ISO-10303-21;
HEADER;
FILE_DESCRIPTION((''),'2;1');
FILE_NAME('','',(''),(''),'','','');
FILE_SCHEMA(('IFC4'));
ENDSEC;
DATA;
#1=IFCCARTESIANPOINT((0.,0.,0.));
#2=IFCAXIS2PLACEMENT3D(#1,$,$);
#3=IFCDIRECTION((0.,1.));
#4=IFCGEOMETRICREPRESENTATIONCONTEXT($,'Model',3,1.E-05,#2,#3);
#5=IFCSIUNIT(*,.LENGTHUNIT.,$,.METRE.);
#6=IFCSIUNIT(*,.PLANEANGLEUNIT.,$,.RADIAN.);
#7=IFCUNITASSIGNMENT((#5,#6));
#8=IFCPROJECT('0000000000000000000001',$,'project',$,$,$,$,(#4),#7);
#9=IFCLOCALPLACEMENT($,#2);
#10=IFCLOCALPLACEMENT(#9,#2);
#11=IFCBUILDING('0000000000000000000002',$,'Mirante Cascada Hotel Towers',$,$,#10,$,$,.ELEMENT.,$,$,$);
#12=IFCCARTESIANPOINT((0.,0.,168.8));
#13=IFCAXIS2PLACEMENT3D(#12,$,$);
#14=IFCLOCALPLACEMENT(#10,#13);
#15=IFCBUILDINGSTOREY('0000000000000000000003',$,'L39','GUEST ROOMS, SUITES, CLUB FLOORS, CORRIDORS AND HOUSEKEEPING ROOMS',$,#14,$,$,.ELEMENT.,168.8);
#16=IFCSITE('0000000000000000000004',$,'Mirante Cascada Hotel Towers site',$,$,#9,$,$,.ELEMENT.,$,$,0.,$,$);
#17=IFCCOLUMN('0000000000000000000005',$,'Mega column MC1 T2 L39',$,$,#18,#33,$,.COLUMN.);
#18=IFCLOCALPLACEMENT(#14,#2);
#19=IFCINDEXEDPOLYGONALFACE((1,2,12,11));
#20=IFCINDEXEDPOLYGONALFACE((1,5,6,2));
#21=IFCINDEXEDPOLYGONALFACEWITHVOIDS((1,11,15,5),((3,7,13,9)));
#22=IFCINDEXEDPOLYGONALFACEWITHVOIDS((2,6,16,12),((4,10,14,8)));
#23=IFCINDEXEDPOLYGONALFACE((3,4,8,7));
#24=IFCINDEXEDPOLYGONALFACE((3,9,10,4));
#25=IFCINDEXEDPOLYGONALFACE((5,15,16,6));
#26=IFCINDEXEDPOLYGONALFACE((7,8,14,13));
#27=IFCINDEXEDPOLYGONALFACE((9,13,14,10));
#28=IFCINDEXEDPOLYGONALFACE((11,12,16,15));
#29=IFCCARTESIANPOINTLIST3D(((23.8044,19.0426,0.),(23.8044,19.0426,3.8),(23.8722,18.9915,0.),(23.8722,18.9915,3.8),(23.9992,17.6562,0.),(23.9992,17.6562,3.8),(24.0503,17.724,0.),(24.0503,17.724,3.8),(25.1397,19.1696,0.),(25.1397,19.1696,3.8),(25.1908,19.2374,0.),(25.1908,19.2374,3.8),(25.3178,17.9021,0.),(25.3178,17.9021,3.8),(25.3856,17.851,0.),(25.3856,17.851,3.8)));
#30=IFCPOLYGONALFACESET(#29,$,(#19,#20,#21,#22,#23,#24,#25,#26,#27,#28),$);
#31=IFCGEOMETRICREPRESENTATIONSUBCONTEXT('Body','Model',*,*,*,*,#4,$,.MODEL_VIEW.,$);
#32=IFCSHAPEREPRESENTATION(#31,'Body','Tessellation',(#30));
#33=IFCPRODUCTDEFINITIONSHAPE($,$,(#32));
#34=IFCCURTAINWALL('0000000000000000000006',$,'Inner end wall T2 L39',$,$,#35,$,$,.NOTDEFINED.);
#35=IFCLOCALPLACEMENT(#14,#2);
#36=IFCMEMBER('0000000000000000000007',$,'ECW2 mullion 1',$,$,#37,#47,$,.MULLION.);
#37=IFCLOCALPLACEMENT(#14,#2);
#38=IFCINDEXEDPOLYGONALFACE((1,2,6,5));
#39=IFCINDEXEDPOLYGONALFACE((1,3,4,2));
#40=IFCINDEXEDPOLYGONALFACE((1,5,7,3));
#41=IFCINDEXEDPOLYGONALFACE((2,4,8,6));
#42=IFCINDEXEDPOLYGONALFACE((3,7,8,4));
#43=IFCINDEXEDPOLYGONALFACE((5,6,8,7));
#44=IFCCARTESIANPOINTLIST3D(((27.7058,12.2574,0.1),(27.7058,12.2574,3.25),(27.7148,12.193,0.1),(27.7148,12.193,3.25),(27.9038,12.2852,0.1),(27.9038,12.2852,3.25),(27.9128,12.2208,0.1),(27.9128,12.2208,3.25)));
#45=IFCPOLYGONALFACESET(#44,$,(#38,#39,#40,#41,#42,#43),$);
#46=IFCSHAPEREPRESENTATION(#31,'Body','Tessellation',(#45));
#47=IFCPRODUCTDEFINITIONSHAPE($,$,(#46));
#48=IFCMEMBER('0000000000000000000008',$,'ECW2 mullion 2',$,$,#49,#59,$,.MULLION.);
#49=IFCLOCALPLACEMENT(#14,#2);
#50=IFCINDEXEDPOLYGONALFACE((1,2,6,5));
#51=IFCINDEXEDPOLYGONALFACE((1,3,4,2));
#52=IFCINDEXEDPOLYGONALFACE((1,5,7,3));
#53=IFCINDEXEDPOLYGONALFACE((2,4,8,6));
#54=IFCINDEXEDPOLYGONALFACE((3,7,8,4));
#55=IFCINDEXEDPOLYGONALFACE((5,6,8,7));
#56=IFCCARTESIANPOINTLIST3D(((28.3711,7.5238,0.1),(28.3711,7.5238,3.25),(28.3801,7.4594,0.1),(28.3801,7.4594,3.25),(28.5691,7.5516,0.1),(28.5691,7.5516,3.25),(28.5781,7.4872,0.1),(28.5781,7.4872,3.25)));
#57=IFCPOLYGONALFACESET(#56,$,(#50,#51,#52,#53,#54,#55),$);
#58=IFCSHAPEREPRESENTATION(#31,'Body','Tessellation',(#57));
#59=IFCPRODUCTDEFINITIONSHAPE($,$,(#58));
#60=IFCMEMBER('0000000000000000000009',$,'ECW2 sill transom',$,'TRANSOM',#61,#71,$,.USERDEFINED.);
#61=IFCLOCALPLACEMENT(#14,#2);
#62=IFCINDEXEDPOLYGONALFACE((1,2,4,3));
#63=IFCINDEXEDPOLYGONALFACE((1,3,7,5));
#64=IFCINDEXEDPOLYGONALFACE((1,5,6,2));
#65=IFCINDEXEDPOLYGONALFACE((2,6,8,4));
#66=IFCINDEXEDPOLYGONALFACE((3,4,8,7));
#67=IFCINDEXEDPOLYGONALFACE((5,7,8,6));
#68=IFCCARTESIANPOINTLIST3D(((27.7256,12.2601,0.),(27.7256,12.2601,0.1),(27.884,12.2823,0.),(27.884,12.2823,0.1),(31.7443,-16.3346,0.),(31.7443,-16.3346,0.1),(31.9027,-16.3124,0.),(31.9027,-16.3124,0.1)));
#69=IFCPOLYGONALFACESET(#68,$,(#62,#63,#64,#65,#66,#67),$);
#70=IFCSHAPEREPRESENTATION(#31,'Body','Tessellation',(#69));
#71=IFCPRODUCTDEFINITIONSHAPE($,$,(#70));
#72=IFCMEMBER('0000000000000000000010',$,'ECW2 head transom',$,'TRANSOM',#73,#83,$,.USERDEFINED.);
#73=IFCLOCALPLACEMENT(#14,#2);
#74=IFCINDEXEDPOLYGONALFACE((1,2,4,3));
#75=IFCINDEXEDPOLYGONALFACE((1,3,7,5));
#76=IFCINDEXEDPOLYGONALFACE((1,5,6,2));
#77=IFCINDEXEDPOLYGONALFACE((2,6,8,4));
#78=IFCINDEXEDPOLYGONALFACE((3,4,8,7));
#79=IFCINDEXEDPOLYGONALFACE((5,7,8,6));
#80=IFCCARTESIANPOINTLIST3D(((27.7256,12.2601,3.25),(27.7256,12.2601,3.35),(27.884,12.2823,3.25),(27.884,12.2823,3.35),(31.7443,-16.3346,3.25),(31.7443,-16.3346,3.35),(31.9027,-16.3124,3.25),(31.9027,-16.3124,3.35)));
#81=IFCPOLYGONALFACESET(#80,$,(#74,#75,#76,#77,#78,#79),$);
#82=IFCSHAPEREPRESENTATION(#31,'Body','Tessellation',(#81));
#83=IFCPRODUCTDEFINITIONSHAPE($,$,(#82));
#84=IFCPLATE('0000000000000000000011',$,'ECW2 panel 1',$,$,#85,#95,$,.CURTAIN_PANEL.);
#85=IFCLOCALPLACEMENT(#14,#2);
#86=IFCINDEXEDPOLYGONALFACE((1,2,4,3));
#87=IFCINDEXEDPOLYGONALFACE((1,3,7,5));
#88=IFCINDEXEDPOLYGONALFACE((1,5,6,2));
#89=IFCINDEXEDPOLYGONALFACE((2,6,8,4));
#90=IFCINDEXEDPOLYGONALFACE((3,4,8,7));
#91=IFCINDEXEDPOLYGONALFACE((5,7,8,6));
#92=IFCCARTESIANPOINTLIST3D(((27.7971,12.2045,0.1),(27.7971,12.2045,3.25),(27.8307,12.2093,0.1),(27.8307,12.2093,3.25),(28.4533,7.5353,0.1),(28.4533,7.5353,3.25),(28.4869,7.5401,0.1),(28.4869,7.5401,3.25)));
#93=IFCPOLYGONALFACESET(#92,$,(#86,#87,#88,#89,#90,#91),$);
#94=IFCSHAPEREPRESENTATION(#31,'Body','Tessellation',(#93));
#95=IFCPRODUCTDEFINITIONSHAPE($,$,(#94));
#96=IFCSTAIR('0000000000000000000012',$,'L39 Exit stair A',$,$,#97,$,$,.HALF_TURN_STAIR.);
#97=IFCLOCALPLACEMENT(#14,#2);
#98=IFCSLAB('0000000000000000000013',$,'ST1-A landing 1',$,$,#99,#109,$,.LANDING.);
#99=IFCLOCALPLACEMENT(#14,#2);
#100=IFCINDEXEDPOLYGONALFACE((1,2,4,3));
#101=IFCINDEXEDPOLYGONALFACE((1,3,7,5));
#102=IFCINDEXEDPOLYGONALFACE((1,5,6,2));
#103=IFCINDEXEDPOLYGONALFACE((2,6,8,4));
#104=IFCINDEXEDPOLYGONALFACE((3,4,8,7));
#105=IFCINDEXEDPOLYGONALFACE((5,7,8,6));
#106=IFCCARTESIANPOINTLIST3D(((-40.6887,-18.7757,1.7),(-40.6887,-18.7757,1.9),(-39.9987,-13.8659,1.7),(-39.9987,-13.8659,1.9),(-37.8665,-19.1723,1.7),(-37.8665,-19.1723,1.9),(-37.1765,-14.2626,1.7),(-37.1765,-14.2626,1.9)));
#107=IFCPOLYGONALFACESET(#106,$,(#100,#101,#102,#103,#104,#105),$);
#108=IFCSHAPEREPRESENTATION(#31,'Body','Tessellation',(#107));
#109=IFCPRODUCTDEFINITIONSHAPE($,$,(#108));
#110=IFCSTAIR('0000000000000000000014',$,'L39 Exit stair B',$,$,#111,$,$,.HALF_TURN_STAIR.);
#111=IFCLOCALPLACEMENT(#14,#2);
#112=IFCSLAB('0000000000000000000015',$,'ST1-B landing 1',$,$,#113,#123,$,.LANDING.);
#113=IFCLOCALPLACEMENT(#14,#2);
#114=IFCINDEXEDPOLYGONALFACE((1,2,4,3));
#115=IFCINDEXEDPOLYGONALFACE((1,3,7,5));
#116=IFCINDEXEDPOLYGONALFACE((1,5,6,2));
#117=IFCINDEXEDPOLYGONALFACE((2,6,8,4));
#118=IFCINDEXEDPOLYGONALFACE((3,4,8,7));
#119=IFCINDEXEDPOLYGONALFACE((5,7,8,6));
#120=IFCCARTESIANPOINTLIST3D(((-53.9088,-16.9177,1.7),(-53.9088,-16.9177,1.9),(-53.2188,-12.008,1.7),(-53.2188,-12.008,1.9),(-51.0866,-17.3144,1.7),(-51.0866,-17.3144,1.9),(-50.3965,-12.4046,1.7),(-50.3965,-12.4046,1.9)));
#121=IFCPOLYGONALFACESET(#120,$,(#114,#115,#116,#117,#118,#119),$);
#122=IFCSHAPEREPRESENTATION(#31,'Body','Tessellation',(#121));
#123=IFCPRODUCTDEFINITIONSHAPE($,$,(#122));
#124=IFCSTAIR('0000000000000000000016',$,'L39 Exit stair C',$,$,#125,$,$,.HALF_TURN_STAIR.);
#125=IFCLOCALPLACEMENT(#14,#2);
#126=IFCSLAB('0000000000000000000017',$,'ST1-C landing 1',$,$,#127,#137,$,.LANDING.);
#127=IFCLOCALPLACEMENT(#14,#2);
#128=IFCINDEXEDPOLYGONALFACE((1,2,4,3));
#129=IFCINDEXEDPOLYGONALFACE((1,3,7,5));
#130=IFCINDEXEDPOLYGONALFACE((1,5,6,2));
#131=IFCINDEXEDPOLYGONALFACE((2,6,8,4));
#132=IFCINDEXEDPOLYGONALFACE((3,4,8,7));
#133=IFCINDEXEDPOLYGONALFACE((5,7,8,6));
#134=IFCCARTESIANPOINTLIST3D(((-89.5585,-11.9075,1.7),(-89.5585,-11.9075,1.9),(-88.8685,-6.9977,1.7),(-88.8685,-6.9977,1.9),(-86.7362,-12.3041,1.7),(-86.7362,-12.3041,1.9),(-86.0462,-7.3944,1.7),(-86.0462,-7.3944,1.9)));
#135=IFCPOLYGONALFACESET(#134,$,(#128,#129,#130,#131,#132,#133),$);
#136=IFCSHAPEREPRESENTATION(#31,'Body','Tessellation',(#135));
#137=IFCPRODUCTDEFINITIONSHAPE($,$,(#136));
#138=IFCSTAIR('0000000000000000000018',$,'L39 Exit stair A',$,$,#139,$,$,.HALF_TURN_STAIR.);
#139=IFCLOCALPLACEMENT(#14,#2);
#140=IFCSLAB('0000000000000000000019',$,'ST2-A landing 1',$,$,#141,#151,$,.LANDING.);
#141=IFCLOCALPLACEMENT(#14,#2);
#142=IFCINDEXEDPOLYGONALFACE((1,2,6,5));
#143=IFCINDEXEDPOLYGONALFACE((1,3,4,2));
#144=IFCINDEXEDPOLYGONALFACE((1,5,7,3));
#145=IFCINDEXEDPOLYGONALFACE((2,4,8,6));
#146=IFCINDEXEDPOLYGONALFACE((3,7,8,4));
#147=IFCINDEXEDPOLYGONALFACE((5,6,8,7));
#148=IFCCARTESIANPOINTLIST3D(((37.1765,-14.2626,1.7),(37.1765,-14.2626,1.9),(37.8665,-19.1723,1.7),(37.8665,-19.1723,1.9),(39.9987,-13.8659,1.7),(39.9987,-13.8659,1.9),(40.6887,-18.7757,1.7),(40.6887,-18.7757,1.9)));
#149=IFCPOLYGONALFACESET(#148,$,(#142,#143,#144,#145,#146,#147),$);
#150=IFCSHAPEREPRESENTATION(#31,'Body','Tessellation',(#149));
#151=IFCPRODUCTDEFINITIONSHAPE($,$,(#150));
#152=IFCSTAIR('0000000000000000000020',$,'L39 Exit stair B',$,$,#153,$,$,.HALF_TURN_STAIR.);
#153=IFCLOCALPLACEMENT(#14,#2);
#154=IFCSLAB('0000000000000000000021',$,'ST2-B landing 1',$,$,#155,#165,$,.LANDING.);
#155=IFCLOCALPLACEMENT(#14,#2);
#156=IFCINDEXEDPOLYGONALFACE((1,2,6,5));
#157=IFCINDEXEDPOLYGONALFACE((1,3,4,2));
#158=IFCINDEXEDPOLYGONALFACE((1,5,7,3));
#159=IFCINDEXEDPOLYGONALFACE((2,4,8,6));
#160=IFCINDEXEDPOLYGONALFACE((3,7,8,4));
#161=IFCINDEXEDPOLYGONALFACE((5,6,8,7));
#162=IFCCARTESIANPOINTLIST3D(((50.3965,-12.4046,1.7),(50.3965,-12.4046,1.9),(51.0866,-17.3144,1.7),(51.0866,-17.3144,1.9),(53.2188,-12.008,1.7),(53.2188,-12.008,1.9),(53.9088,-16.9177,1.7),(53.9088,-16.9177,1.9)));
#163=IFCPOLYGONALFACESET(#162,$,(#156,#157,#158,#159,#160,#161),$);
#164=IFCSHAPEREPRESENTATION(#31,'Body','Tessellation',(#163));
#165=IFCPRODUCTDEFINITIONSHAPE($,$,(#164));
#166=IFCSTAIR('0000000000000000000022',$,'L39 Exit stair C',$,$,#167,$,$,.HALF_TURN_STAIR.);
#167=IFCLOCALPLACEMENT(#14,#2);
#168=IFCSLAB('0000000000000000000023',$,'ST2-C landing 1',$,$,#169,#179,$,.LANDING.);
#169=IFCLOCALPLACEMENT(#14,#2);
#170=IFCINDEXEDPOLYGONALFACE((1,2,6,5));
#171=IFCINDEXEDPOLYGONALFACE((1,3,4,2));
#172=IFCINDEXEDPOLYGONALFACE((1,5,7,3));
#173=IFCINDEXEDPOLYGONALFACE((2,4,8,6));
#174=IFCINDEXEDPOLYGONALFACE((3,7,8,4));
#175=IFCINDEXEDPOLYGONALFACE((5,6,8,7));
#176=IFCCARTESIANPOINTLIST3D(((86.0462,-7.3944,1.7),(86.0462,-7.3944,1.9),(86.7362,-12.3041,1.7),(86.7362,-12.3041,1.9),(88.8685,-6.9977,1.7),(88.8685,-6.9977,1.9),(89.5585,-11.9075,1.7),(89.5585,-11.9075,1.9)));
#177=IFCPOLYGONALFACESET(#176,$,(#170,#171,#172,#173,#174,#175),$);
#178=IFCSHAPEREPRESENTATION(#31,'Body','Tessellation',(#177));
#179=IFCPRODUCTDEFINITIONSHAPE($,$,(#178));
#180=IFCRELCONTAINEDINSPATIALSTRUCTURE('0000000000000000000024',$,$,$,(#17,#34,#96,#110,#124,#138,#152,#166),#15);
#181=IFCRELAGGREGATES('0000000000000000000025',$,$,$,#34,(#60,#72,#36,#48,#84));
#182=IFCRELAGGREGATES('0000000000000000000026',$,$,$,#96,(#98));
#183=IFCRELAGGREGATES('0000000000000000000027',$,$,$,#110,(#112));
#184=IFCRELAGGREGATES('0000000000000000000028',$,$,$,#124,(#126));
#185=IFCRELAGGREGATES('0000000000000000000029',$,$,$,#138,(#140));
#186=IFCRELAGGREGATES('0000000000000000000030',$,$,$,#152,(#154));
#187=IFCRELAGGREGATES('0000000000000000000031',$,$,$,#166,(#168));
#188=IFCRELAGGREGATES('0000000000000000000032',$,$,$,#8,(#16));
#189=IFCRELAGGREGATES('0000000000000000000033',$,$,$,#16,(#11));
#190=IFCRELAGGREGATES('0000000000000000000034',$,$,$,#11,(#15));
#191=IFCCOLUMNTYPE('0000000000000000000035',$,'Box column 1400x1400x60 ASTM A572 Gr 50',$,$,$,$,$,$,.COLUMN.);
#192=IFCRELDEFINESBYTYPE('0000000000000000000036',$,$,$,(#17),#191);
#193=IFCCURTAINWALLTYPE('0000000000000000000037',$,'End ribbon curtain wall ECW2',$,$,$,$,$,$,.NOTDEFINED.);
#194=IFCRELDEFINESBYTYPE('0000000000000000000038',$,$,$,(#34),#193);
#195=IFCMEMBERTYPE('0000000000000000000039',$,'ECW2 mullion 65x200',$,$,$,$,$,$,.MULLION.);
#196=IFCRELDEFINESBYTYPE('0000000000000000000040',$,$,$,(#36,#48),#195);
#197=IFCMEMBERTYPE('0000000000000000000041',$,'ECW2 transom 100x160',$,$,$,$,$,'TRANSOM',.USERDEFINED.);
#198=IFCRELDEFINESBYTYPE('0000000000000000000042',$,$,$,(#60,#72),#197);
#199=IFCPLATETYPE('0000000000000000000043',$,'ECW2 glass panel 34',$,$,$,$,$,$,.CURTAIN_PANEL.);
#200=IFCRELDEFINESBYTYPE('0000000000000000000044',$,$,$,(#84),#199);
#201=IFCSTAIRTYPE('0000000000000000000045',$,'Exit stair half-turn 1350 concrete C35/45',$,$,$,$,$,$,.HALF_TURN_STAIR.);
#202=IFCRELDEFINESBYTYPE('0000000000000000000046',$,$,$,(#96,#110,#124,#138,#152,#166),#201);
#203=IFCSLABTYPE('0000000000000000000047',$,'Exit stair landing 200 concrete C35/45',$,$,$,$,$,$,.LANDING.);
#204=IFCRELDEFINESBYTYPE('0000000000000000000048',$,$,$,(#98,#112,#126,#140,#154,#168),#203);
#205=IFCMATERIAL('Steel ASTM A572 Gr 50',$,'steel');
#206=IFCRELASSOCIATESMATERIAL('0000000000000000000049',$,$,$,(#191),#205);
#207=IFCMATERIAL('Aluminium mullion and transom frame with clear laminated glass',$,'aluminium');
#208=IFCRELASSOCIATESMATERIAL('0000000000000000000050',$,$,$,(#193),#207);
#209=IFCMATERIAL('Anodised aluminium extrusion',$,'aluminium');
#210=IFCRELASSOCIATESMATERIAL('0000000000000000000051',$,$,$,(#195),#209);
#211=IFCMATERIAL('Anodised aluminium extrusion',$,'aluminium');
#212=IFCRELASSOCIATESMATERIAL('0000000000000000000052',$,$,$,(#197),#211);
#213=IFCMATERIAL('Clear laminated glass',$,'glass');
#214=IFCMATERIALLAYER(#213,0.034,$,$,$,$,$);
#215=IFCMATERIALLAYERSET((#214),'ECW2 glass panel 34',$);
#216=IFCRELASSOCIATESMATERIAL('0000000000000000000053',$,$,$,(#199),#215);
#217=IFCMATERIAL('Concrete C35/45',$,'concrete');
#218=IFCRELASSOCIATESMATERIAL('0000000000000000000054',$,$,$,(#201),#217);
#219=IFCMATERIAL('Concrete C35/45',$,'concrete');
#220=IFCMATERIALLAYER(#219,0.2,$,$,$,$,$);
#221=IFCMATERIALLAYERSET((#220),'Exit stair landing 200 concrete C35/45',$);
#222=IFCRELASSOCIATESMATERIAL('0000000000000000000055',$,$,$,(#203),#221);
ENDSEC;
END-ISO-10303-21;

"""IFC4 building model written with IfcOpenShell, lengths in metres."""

from ifc_helpers import new_model, si_unit, direction, frame, origin, origin_2d, place, context, subcontext, project, spatial, polyline, rectangle, hollow_rectangle, outline, extrude, material, layer, layer_set, material_profile, profile_set, type_object, element, aggregate, save


model = new_model("IFC4")

# Units and contexts
model_context = context("Model", 3, precision=1e-05, world=origin(), true_north=direction((0.0, 1.0)))
body_context = subcontext(model_context, "Body", "Model", "MODEL_VIEW")
ifc_project = project(units=[si_unit("LENGTHUNIT", "METRE"), si_unit("PLANEANGLEUNIT", "RADIAN")], contexts=[model_context])

# Site, building, storey
site_placement = place(None, origin())
site = spatial("IfcSite", under=ifc_project, at=site_placement, Name="Mirante Cascada Hotel Towers site", CompositionType="ELEMENT", RefElevation=0.0)
building_placement = place(site_placement, origin())
building = spatial("IfcBuilding", under=site, at=building_placement, Name="Mirante Cascada Hotel Towers", CompositionType="ELEMENT")
storey_placement = place(building_placement, frame((0.0, 0.0, 168.8)))
storey = spatial("IfcBuildingStorey", under=building, at=storey_placement, Name="L39", Description="GUEST ROOMS, SUITES, CLUB FLOORS, CORRIDORS AND HOUSEKEEPING ROOMS", CompositionType="ELEMENT", Elevation=168.8)

# Column
ifc_material_1 = material(Name="Steel ASTM A572 Gr 50", Category="steel")
ifc_material_profile_1 = material_profile(ifc_material_1, hollow_rectangle(XDim=1.4, YDim=1.4, WallThickness=0.06, at=origin_2d()), Name="Box column 1400x1400x60 ASTM A572 Gr 50")
ifc_profile_set_1 = profile_set([ifc_material_profile_1], Name="Steel ASTM A572 Gr 50")
column_type = type_object("IfcColumnType", Name="Box column 1400x1400x60 ASTM A572 Gr 50", PredefinedType="COLUMN", material=ifc_profile_set_1)
column_placement = place(storey_placement, frame((24.595, 18.4468, 0.0), z_axis=(0.0, 0.0, 1.0), x_axis=(0.990268, 0.139173, 0.0)))
element("IfcColumn", 1, at=column_placement, inside=storey, type_object=column_type, Name="Mega column MC1 T2 L39", PredefinedType="COLUMN", context=body_context, shape_type="SweptSolid", body=[
    extrude(hollow_rectangle(XDim=1.4, YDim=1.4, WallThickness=0.06, at=origin_2d()), origin(), (0.0, 0.0, 1.0), 3.8),
])

# Curtain wall, members, plate
ifc_material_2 = material(Name="Aluminium mullion and transom frame with clear laminated glass", Category="aluminium")
curtain_wall_type = type_object("IfcCurtainWallType", Name="End ribbon curtain wall ECW2", PredefinedType="NOTDEFINED", material=ifc_material_2)
curtain_wall_placement = place(storey_placement, origin())
curtain_wall = element("IfcCurtainWall", 2, at=curtain_wall_placement, inside=storey, type_object=curtain_wall_type, Name="Inner end wall T2 L39", PredefinedType="NOTDEFINED")
ifc_material_3 = material(Name="Anodised aluminium extrusion", Category="aluminium")
ifc_material_profile_2 = material_profile(ifc_material_3, rectangle(XDim=0.2, YDim=0.065, at=origin_2d()), Name="ECW2 MULLION 65x200")
ifc_profile_set_2 = profile_set([ifc_material_profile_2], Name="Anodised aluminium extrusion")
member_type_1 = type_object("IfcMemberType", Name="ECW2 mullion 65x200", PredefinedType="MULLION", material=ifc_profile_set_2)
member_1_placement = place(storey_placement, frame((27.8093, 12.2391, 0.1), z_axis=(0.0, 0.0, 1.0), x_axis=(0.990268, 0.139173, 0.0)))
member_1 = element("IfcMember", 3, at=member_1_placement, type_object=member_type_1, Name="ECW2 mullion 1", PredefinedType="MULLION", context=body_context, shape_type="SweptSolid", body=[
    extrude(rectangle(XDim=0.2, YDim=0.065, at=origin_2d()), origin(), (0.0, 0.0, 1.0), 3.15),
])
member_2_placement = place(storey_placement, frame((28.4746, 7.5055, 0.1), z_axis=(0.0, 0.0, 1.0), x_axis=(0.990268, 0.139173, 0.0)))
member_2 = element("IfcMember", 4, at=member_2_placement, type_object=member_type_1, Name="ECW2 mullion 2", PredefinedType="MULLION", context=body_context, shape_type="SweptSolid", body=[
    extrude(rectangle(XDim=0.2, YDim=0.065, at=origin_2d()), origin(), (0.0, 0.0, 1.0), 3.15),
])
ifc_material_4 = material(Name="Anodised aluminium extrusion", Category="aluminium")
ifc_material_profile_3 = material_profile(ifc_material_4, rectangle(XDim=0.16, YDim=0.1, at=origin_2d()), Name="ECW2 TRANSOM 100x160")
ifc_profile_set_3 = profile_set([ifc_material_profile_3], Name="Anodised aluminium extrusion")
member_type_2 = type_object("IfcMemberType", Name="ECW2 transom 100x160", ElementType="TRANSOM", PredefinedType="USERDEFINED", material=ifc_profile_set_3)
member_3_placement = place(storey_placement, frame((27.8048, 12.2712, 0.05), z_axis=(0.139172, -0.990268, 0.0), x_axis=(0.990268, 0.139172, 0.0)))
member_3 = element("IfcMember", 5, at=member_3_placement, type_object=member_type_2, Name="ECW2 sill transom", ObjectType="TRANSOM", PredefinedType="USERDEFINED", context=body_context, shape_type="SweptSolid", body=[
    extrude(rectangle(XDim=0.16, YDim=0.1, at=origin_2d()), origin(), (0.0, 0.0, 1.0), 28.8757),
])
member_4_placement = place(storey_placement, frame((27.8048, 12.2712, 3.3), z_axis=(0.139172, -0.990268, 0.0), x_axis=(0.990268, 0.139172, 0.0)))
member_4 = element("IfcMember", 6, at=member_4_placement, type_object=member_type_2, Name="ECW2 head transom", ObjectType="TRANSOM", PredefinedType="USERDEFINED", context=body_context, shape_type="SweptSolid", body=[
    extrude(rectangle(XDim=0.16, YDim=0.1, at=origin_2d()), origin(), (0.0, 0.0, 1.0), 28.8757),
])
ifc_material_5 = material(Name="Clear laminated glass", Category="glass")
ifc_layer_1 = layer(ifc_material_5, 0.034)
ifc_layer_set_1 = layer_set([ifc_layer_1], Name="ECW2 glass panel 34")
plate_type = type_object("IfcPlateType", Name="ECW2 glass panel 34", PredefinedType="CURTAIN_PANEL", material=ifc_layer_set_1)
plate_placement = place(storey_placement, frame((28.142, 9.8723, 0.1), z_axis=(0.0, 0.0, 1.0), x_axis=(0.139173, -0.990268, 0.0)))
plate = element("IfcPlate", 7, at=plate_placement, type_object=plate_type, Name="ECW2 panel 1", PredefinedType="CURTAIN_PANEL", context=body_context, shape_type="SweptSolid", body=[
    extrude(rectangle(XDim=4.7151, YDim=0.034, at=origin_2d()), origin(), (0.0, 0.0, 1.0), 3.15),
])
aggregate(curtain_wall, [member_3, member_4, member_1, member_2, plate])

# Stairs, slabs
ifc_material_6 = material(Name="Concrete C35/45", Category="concrete")
stair_type = type_object("IfcStairType", Name="Exit stair half-turn 1350 concrete C35/45", PredefinedType="HALF_TURN_STAIR", material=ifc_material_6)
stair_1_placement = place(storey_placement, origin())
stair_1 = element("IfcStair", 8, at=stair_1_placement, inside=storey, type_object=stair_type, Name="L39 Exit stair A", PredefinedType="HALF_TURN_STAIR")
ifc_material_7 = material(Name="Concrete C35/45", Category="concrete")
ifc_layer_2 = layer(ifc_material_7, 0.2)
ifc_layer_set_2 = layer_set([ifc_layer_2], Name="Exit stair landing 200 concrete C35/45")
slab_type = type_object("IfcSlabType", Name="Exit stair landing 200 concrete C35/45", PredefinedType="LANDING", material=ifc_layer_set_2)
slab_1_placement = place(storey_placement, frame((0.0, 0.0, 1.7)))
slab_1 = element("IfcSlab", 9, at=slab_1_placement, type_object=slab_type, Name="ST1-A landing 1", PredefinedType="LANDING", context=body_context, shape_type="SweptSolid", body=[
    extrude(outline(polyline([(-39.9987, -13.8659), (-40.6887, -18.7757), (-37.8665, -19.1723), (-37.1765, -14.2626), (-39.9987, -13.8659)])), origin(), (0.0, 0.0, 1.0), 0.2),
])
aggregate(stair_1, [slab_1])
stair_2_placement = place(storey_placement, origin())
stair_2 = element("IfcStair", 10, at=stair_2_placement, inside=storey, type_object=stair_type, Name="L39 Exit stair B", PredefinedType="HALF_TURN_STAIR")
slab_2_placement = place(storey_placement, frame((0.0, 0.0, 1.7)))
slab_2 = element("IfcSlab", 11, at=slab_2_placement, type_object=slab_type, Name="ST1-B landing 1", PredefinedType="LANDING", context=body_context, shape_type="SweptSolid", body=[
    extrude(outline(polyline([(-53.2188, -12.008), (-53.9088, -16.9177), (-51.0866, -17.3144), (-50.3965, -12.4046), (-53.2188, -12.008)])), origin(), (0.0, 0.0, 1.0), 0.2),
])
aggregate(stair_2, [slab_2])
stair_3_placement = place(storey_placement, origin())
stair_3 = element("IfcStair", 12, at=stair_3_placement, inside=storey, type_object=stair_type, Name="L39 Exit stair C", PredefinedType="HALF_TURN_STAIR")
slab_3_placement = place(storey_placement, frame((0.0, 0.0, 1.7)))
slab_3 = element("IfcSlab", 13, at=slab_3_placement, type_object=slab_type, Name="ST1-C landing 1", PredefinedType="LANDING", context=body_context, shape_type="SweptSolid", body=[
    extrude(outline(polyline([(-88.8685, -6.9977), (-89.5585, -11.9075), (-86.7362, -12.3041), (-86.0462, -7.3944), (-88.8685, -6.9977)])), origin(), (0.0, 0.0, 1.0), 0.2),
])
aggregate(stair_3, [slab_3])
stair_4_placement = place(storey_placement, origin())
stair_4 = element("IfcStair", 14, at=stair_4_placement, inside=storey, type_object=stair_type, Name="L39 Exit stair A", PredefinedType="HALF_TURN_STAIR")
slab_4_placement = place(storey_placement, frame((0.0, 0.0, 1.7)))
slab_4 = element("IfcSlab", 15, at=slab_4_placement, type_object=slab_type, Name="ST2-A landing 1", PredefinedType="LANDING", context=body_context, shape_type="SweptSolid", body=[
    extrude(outline(polyline([(37.1765, -14.2626), (37.8665, -19.1723), (40.6887, -18.7757), (39.9987, -13.8659), (37.1765, -14.2626)])), origin(), (0.0, 0.0, 1.0), 0.2),
])
aggregate(stair_4, [slab_4])
stair_5_placement = place(storey_placement, origin())
stair_5 = element("IfcStair", 16, at=stair_5_placement, inside=storey, type_object=stair_type, Name="L39 Exit stair B", PredefinedType="HALF_TURN_STAIR")
slab_5_placement = place(storey_placement, frame((0.0, 0.0, 1.7)))
slab_5 = element("IfcSlab", 17, at=slab_5_placement, type_object=slab_type, Name="ST2-B landing 1", PredefinedType="LANDING", context=body_context, shape_type="SweptSolid", body=[
    extrude(outline(polyline([(50.3965, -12.4046), (51.0866, -17.3144), (53.9088, -16.9177), (53.2188, -12.008), (50.3965, -12.4046)])), origin(), (0.0, 0.0, 1.0), 0.2),
])
aggregate(stair_5, [slab_5])
stair_6_placement = place(storey_placement, origin())
stair_6 = element("IfcStair", 18, at=stair_6_placement, inside=storey, type_object=stair_type, Name="L39 Exit stair C", PredefinedType="HALF_TURN_STAIR")
slab_6_placement = place(storey_placement, frame((0.0, 0.0, 1.7)))
slab_6 = element("IfcSlab", 19, at=slab_6_placement, type_object=slab_type, Name="ST2-C landing 1", PredefinedType="LANDING", context=body_context, shape_type="SweptSolid", body=[
    extrude(outline(polyline([(86.0462, -7.3944), (86.7362, -12.3041), (89.5585, -11.9075), (88.8685, -6.9977), (86.0462, -7.3944)])), origin(), (0.0, 0.0, 1.0), 0.2),
])
aggregate(stair_6, [slab_6])

save(model, "model.ifc")
